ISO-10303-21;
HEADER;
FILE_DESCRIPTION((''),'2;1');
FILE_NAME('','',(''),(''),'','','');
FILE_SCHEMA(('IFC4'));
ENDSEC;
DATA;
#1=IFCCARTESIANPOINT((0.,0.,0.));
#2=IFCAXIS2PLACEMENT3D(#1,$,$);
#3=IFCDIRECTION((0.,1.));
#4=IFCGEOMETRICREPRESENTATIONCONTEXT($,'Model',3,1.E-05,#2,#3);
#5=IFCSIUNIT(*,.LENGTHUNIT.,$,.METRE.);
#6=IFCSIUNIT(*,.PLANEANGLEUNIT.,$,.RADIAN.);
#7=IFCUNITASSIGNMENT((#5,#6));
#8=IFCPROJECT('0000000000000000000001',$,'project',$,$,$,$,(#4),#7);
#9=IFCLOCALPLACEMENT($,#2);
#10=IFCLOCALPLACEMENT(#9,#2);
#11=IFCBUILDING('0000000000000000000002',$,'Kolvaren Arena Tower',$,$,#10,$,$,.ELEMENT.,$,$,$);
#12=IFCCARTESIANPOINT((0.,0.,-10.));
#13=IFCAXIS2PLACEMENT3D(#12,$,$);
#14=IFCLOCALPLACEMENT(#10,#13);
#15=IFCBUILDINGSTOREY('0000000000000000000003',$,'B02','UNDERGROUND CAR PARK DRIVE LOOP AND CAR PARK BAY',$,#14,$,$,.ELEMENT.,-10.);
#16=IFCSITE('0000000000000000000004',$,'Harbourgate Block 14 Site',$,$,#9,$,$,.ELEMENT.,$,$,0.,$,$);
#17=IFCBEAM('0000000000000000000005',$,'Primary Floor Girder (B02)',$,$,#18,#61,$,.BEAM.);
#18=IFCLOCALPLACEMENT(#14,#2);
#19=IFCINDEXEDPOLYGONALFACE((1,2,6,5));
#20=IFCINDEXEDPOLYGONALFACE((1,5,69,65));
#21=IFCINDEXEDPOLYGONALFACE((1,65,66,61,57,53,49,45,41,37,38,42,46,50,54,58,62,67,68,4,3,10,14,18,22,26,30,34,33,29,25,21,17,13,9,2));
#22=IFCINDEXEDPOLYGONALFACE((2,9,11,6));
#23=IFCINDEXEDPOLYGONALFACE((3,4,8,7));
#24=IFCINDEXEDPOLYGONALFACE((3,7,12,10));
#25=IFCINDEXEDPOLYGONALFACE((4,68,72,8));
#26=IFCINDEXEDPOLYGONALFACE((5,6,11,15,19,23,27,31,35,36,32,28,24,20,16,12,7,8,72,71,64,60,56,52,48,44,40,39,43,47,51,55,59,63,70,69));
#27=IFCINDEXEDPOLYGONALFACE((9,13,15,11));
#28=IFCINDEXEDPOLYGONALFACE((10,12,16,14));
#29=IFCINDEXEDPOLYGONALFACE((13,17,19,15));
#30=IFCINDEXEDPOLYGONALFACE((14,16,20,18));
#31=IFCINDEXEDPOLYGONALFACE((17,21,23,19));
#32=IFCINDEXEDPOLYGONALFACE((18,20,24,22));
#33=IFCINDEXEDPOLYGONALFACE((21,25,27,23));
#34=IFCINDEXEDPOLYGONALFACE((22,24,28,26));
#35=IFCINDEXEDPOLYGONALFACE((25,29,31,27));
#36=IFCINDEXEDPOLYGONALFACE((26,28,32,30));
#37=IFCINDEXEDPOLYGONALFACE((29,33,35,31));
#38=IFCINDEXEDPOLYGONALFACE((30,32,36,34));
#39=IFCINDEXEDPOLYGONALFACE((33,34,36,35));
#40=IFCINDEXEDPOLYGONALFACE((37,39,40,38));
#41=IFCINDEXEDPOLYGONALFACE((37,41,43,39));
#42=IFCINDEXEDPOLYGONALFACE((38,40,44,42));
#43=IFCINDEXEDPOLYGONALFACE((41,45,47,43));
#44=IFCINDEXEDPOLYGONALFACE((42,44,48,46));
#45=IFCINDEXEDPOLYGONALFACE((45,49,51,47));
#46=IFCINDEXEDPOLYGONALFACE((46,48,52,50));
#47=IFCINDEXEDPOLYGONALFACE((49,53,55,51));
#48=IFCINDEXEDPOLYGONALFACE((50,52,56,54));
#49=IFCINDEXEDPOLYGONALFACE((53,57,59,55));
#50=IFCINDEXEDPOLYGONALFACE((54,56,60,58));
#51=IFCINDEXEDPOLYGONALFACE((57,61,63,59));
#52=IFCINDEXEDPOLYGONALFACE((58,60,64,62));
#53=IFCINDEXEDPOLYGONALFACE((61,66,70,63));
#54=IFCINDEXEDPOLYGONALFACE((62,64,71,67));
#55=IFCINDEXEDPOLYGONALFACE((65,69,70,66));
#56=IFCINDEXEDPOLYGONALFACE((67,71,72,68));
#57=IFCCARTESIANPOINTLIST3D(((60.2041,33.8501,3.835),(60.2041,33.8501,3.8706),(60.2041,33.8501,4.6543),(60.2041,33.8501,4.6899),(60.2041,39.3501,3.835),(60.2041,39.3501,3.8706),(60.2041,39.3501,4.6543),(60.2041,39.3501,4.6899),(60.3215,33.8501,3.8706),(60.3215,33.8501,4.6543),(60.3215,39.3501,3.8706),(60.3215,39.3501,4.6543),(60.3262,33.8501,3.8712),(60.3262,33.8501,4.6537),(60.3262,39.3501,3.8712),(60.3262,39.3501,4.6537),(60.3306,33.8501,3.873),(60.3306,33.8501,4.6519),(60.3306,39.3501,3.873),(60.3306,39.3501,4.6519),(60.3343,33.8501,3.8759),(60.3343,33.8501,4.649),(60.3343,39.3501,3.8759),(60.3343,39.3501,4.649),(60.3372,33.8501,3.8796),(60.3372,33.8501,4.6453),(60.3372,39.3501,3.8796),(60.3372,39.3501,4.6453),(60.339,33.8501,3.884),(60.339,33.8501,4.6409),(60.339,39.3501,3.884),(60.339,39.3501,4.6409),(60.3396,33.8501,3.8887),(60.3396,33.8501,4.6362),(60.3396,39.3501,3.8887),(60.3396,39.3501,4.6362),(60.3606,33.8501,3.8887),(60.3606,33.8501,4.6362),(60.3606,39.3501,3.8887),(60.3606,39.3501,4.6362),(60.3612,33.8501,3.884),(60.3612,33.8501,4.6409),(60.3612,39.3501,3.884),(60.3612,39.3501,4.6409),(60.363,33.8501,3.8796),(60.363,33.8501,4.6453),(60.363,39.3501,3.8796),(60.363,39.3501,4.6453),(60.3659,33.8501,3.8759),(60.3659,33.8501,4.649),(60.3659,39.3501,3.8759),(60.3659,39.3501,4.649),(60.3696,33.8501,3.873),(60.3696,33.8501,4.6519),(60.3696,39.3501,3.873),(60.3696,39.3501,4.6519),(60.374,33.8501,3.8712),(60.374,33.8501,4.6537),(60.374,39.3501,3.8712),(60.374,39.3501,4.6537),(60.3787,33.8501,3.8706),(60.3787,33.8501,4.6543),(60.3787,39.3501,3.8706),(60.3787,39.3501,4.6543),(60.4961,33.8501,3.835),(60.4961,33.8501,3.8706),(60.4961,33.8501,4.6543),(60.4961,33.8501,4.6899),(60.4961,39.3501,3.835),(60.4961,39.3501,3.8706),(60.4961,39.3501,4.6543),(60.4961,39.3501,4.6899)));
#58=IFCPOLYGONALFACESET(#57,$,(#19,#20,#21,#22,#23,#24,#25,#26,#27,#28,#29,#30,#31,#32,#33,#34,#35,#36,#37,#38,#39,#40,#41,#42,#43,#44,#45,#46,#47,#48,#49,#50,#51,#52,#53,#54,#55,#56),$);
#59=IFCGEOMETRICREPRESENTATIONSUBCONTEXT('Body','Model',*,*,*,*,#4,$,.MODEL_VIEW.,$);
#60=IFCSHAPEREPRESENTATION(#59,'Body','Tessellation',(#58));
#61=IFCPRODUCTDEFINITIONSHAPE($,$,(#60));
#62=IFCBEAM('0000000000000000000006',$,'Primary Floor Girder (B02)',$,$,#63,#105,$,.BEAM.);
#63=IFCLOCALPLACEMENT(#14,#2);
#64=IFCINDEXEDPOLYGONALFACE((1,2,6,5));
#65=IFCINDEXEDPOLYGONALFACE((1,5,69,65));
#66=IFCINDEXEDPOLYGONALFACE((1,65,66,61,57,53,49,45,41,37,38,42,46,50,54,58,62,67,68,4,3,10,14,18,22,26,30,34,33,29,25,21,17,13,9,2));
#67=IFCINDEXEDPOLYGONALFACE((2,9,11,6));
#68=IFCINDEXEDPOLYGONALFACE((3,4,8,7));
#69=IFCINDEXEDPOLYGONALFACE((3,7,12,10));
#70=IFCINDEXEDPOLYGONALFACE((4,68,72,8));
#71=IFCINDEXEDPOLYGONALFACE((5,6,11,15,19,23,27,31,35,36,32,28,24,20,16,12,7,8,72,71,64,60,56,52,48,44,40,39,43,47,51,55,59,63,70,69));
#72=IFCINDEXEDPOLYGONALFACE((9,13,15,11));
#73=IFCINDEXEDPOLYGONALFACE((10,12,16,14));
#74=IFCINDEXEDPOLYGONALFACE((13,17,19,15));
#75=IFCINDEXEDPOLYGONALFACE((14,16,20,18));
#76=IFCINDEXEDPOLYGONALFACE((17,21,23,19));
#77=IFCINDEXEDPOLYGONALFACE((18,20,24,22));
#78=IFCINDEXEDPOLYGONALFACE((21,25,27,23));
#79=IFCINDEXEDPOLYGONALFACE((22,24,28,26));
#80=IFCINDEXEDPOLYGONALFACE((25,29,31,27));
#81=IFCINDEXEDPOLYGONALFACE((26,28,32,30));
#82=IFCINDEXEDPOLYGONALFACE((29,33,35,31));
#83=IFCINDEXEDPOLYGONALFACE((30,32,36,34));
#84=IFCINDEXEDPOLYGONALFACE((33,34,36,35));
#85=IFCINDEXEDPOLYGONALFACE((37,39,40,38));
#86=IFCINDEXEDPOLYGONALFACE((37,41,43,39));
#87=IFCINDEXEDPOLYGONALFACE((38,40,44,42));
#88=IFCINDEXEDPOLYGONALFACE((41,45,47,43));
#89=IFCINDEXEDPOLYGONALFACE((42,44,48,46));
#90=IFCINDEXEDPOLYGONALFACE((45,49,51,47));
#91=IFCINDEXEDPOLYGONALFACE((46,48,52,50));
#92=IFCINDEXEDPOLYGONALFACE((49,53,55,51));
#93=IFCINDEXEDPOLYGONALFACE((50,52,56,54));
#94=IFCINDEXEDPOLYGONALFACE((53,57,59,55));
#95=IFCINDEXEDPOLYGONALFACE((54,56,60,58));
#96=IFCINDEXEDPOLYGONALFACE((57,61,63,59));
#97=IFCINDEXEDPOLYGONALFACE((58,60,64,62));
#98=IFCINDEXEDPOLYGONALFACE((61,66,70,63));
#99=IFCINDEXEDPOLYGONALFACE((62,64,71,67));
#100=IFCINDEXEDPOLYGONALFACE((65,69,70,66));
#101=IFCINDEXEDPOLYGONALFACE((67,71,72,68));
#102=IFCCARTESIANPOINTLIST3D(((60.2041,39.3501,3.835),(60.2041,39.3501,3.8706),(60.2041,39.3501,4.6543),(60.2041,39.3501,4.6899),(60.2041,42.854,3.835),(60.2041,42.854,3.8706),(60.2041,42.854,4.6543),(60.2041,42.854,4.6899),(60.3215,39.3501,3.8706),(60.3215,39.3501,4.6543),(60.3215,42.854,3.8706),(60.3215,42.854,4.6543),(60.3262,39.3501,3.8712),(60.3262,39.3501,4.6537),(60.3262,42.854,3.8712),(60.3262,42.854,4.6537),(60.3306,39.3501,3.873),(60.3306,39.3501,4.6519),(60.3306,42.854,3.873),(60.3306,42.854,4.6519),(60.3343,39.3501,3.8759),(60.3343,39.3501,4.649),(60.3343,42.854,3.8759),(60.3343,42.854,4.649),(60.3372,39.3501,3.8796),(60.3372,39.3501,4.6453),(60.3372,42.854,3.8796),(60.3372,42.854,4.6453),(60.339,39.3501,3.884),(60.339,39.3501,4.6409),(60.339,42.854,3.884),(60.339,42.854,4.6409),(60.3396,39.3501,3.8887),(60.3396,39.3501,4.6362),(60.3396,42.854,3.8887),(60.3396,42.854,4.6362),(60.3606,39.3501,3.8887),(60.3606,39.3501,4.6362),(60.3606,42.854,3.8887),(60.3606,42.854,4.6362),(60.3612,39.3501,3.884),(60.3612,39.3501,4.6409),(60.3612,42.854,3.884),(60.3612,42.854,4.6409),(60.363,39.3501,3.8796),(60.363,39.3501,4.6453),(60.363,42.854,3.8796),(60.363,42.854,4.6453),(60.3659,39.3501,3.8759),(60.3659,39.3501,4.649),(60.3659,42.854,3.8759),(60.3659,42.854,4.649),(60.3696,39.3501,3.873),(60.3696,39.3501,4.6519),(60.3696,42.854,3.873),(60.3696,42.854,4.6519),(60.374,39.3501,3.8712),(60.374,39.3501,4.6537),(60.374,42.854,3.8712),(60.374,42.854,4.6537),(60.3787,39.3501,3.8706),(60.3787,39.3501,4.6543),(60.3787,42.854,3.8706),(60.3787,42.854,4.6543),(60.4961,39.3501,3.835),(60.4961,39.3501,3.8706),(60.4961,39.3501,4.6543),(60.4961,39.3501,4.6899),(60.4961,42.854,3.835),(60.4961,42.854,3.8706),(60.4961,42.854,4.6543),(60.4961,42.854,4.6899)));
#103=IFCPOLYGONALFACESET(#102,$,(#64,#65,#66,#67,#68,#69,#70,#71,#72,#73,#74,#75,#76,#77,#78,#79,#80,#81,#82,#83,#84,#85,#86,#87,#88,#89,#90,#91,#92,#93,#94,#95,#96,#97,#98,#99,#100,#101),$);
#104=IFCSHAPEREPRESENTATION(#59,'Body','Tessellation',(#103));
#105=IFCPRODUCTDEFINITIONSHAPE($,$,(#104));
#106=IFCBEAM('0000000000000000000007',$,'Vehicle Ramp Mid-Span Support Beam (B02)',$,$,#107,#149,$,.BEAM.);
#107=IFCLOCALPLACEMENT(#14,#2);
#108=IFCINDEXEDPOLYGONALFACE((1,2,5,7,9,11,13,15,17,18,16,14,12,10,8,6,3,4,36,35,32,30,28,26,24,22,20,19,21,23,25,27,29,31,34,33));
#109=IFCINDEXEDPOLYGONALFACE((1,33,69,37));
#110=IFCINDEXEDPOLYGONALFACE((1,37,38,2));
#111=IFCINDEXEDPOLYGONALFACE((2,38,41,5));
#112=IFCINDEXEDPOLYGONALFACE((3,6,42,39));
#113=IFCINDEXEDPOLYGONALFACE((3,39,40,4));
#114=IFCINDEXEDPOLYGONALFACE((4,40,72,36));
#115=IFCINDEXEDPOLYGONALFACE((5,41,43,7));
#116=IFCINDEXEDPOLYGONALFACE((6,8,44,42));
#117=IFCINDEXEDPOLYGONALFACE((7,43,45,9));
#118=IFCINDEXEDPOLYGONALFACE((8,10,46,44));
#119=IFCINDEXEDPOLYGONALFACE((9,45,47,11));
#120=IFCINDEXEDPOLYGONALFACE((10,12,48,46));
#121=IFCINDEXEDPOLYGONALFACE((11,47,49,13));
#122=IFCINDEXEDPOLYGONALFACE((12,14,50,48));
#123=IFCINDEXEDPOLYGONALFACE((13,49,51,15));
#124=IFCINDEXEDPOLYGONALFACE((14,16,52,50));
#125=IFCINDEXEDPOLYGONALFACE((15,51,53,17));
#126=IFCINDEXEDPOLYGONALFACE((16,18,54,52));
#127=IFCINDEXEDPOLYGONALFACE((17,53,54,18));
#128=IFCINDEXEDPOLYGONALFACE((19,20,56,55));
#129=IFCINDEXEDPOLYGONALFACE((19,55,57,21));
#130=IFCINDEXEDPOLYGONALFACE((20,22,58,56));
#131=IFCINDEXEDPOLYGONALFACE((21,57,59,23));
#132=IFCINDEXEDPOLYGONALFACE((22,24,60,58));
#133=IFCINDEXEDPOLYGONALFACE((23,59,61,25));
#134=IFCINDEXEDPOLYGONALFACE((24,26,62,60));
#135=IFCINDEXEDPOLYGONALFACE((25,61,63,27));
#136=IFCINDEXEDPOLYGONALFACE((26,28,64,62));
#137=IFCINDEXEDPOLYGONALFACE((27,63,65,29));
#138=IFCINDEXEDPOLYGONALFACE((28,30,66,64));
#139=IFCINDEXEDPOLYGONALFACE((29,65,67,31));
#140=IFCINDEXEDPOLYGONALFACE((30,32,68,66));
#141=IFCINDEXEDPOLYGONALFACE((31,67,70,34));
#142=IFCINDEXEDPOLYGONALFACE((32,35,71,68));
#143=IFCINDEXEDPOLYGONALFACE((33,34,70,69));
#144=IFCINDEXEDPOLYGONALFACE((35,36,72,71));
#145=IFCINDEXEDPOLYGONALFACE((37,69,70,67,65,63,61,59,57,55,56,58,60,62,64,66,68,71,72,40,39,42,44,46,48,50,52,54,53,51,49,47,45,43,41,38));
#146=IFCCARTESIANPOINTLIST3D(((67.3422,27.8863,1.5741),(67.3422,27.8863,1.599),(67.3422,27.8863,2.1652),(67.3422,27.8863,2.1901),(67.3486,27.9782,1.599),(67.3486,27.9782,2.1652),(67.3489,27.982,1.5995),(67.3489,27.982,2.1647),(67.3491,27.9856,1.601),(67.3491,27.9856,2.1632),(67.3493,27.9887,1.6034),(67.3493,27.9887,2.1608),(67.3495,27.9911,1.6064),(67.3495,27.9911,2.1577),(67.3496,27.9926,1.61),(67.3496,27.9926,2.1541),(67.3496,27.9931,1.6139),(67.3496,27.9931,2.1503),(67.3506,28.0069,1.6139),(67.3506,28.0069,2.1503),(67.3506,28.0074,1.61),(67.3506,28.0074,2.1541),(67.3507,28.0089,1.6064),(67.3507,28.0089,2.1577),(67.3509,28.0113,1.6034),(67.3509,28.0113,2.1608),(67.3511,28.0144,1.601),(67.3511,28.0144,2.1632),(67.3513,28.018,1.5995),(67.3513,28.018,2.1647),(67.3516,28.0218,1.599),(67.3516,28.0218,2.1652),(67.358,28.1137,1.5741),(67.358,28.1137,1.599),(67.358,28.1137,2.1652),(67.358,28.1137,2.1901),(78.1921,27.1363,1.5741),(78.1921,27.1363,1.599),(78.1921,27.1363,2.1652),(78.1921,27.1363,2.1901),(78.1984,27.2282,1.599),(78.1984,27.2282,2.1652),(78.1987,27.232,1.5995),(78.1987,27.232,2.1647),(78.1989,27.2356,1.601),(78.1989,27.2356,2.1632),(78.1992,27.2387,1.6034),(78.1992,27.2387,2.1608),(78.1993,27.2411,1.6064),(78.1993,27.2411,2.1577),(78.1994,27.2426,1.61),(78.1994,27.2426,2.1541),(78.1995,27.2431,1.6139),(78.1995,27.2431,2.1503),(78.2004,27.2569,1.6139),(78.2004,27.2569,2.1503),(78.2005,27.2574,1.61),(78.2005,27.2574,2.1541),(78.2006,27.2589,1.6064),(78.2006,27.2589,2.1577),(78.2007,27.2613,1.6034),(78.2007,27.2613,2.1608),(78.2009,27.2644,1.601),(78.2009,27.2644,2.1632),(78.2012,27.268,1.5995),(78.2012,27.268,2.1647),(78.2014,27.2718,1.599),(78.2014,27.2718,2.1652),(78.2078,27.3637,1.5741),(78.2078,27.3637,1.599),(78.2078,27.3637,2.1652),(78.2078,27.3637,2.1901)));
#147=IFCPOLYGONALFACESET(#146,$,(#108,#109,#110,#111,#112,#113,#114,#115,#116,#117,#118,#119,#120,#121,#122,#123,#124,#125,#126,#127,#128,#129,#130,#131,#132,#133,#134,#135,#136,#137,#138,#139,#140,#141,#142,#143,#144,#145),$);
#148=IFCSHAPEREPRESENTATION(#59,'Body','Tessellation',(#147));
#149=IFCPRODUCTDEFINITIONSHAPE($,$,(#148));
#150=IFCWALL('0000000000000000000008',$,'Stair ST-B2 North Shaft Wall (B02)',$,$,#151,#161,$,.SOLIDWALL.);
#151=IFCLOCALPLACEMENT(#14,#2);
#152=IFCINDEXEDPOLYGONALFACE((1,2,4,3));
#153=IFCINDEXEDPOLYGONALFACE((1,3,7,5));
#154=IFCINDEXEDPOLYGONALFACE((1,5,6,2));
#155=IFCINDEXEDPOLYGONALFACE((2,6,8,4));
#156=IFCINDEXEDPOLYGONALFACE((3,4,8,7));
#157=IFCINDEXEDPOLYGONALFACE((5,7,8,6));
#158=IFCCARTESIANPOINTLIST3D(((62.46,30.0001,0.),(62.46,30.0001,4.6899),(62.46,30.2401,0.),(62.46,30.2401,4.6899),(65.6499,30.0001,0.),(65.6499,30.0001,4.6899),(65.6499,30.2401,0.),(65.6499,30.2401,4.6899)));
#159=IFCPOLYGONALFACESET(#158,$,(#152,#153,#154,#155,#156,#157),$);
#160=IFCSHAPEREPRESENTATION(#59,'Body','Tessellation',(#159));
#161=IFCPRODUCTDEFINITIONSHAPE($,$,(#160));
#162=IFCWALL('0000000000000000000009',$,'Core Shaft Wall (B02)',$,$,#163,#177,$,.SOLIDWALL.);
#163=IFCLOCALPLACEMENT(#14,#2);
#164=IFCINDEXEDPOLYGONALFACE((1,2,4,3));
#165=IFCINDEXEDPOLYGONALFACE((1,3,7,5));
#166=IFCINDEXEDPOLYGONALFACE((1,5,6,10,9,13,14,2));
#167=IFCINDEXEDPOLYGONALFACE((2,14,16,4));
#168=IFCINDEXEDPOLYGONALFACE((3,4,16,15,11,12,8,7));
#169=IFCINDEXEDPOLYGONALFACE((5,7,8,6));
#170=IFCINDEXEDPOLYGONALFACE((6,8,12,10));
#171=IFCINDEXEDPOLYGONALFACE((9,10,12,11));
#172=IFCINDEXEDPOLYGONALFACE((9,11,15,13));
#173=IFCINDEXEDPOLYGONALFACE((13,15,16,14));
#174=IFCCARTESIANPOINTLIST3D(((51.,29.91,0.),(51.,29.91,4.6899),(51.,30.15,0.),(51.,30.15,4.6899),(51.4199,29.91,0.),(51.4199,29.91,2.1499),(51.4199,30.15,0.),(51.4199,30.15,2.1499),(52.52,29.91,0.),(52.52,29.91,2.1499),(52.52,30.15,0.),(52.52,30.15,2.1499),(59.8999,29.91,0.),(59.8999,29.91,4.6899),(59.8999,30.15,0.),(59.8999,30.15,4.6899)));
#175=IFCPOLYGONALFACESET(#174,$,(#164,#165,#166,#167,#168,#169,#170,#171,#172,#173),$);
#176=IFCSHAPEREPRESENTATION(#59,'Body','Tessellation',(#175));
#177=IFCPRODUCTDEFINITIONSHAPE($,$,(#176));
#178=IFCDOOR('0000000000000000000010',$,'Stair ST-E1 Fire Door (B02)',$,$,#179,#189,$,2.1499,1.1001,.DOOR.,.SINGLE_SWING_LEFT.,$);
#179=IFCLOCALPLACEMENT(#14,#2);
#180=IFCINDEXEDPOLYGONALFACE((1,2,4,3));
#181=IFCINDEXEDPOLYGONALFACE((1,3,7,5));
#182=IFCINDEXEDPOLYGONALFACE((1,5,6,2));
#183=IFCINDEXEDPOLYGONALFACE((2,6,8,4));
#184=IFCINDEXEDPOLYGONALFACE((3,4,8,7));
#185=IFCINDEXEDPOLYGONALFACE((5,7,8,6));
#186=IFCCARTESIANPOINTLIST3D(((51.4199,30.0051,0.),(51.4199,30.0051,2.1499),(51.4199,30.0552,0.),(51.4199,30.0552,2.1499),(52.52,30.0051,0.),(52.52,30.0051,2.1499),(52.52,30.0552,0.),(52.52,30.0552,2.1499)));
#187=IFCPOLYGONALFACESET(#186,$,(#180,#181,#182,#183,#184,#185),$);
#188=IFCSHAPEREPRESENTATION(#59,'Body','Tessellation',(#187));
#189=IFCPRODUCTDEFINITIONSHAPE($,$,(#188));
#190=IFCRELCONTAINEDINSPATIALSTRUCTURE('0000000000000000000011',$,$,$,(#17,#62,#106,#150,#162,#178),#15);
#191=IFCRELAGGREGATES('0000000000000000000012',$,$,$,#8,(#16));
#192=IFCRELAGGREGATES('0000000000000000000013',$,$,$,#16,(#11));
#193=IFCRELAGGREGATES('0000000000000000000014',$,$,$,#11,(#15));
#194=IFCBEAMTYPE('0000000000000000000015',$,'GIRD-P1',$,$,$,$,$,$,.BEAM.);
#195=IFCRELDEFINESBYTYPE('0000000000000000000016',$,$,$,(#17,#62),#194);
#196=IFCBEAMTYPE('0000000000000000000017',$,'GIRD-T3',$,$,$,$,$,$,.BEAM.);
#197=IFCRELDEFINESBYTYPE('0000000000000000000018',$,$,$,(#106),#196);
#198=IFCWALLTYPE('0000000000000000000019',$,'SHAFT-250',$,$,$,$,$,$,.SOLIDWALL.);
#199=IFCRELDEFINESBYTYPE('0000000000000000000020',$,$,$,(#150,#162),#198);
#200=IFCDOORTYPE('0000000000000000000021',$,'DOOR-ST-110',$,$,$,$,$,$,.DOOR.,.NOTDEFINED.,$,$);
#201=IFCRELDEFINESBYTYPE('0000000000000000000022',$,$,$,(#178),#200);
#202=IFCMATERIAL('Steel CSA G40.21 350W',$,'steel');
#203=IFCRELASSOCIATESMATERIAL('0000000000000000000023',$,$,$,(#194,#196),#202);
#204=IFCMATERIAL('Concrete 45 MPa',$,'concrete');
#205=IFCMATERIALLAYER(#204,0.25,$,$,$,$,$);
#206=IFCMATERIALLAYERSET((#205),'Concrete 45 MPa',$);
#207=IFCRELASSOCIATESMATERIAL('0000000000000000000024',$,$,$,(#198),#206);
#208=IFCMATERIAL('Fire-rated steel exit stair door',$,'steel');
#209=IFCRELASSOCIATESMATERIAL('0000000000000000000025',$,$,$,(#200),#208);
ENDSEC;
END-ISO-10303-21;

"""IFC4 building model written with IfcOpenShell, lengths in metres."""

from ifc_helpers import new_model, si_unit, direction, frame, frame_2d, origin, origin_2d, place, context, subcontext, project, spatial, rectangle, i_section, extrude, material, layer, layer_set, material_profile, profile_set, type_object, element, fill, save


model = new_model("IFC4")

# Units and contexts
model_context = context("Model", 3, precision=1e-05, world=origin(), true_north=direction((0.0, 1.0)))
body_context = subcontext(model_context, "Body", "Model", "MODEL_VIEW")
ifc_project = project(units=[si_unit("LENGTHUNIT", "METRE"), si_unit("PLANEANGLEUNIT", "RADIAN")], contexts=[model_context])

# Site, building, storey
site_placement = place(None, origin())
site = spatial("IfcSite", under=ifc_project, at=site_placement, Name="Harbourgate Block 14 Site", CompositionType="ELEMENT", RefElevation=0.0)
building_placement = place(site_placement, origin())
building = spatial("IfcBuilding", under=site, at=building_placement, Name="Kolvaren Arena Tower", CompositionType="ELEMENT")
storey_placement = place(building_placement, frame((0.0, 0.0, -10.0)))
storey = spatial("IfcBuildingStorey", under=building, at=storey_placement, Name="B02", Description="UNDERGROUND CAR PARK DRIVE LOOP AND CAR PARK BAY", CompositionType="ELEMENT", Elevation=-10.0)

# Beams
ifc_material_1 = material(Name="Steel CSA G40.21 350W", Category="steel")
ifc_material_profile_1 = material_profile(ifc_material_1, i_section(OverallWidth=0.292, OverallDepth=0.855, WebThickness=0.021, FlangeThickness=0.0356, FilletRadius=0.0181, at=origin_2d()), Name="W840x299")
ifc_profile_set_1 = profile_set([ifc_material_profile_1], Name="Steel CSA G40.21 350W")
beam_type_1 = type_object("IfcBeamType", Name="GIRD-P1", PredefinedType="BEAM", material=ifc_profile_set_1)
beam_1_placement = place(storey_placement, frame((60.3501, 33.8501, 4.2625), z_axis=(0.0, 1.0, 0.0), x_axis=(-1.0, 0.0, 0.0)))
element("IfcBeam", 1, at=beam_1_placement, inside=storey, type_object=beam_type_1, Name="Primary Floor Girder (B02)", PredefinedType="BEAM", context=body_context, shape_type="SweptSolid", body=[
    extrude(i_section(OverallWidth=0.292, OverallDepth=0.855, WebThickness=0.021, FlangeThickness=0.0356, FilletRadius=0.0181, at=origin_2d()), origin(), (0.0, 0.0, 1.0), 5.5),
])
beam_2_placement = place(storey_placement, frame((60.3501, 39.3501, 4.2625), z_axis=(0.0, 1.0, 0.0), x_axis=(-1.0, 0.0, 0.0)))
element("IfcBeam", 2, at=beam_2_placement, inside=storey, type_object=beam_type_1, Name="Primary Floor Girder (B02)", PredefinedType="BEAM", context=body_context, shape_type="SweptSolid", body=[
    extrude(i_section(OverallWidth=0.292, OverallDepth=0.855, WebThickness=0.021, FlangeThickness=0.0356, FilletRadius=0.0181, at=origin_2d()), origin(), (0.0, 0.0, 1.0), 3.5039),
])
ifc_material_profile_2 = material_profile(ifc_material_1, i_section(OverallWidth=0.228, OverallDepth=0.616, WebThickness=0.0139, FlangeThickness=0.0249, FilletRadius=0.0149, at=origin_2d()), Name="W610x174")
ifc_profile_set_2 = profile_set([ifc_material_profile_2], Name="Steel CSA G40.21 350W")
beam_type_2 = type_object("IfcBeamType", Name="GIRD-T3", PredefinedType="BEAM", material=ifc_profile_set_2)
beam_3_placement = place(storey_placement, frame((67.3501, 28.0, 1.8821), z_axis=(0.997619, -0.068961, 0.0), x_axis=(0.068961, 0.997619, 0.0)))
element("IfcBeam", 3, at=beam_3_placement, inside=storey, type_object=beam_type_2, Name="Vehicle Ramp Mid-Span Support Beam (B02)", PredefinedType="BEAM", context=body_context, shape_type="SweptSolid", body=[
    extrude(i_section(OverallWidth=0.228, OverallDepth=0.616, WebThickness=0.0139, FlangeThickness=0.0249, FilletRadius=0.0149, at=origin_2d()), origin(), (0.0, 0.0, 1.0), 10.8757),
])

# Wall
ifc_material_2 = material(Name="Concrete 45 MPa", Category="concrete")
ifc_layer = layer(ifc_material_2, 0.25)
ifc_layer_set = layer_set([ifc_layer], Name="Concrete 45 MPa")
wall_type = type_object("IfcWallType", Name="SHAFT-250", PredefinedType="SOLIDWALL", material=ifc_layer_set)
wall_1_placement = place(storey_placement, frame((62.46, 30.1201, 0.0), z_axis=(0.0, 0.0, 1.0), x_axis=(1.0, 0.0, 0.0)))
element("IfcWall", 4, at=wall_1_placement, inside=storey, type_object=wall_type, Name="Stair ST-B2 North Shaft Wall (B02)", PredefinedType="SOLIDWALL", context=body_context, shape_type="SweptSolid", body=[
    extrude(rectangle(XDim=3.1899, YDim=0.24, at=frame_2d((1.595, 0.0))), origin(), (0.0, 0.0, 1.0), 4.6899),
])

# Wall, opening, door
wall_2_placement = place(storey_placement, frame((59.8999, 30.03, 0.0), z_axis=(0.0, 0.0, 1.0), x_axis=(-1.0, 0.0, 0.0)))
wall_2 = element("IfcWall", 5, at=wall_2_placement, inside=storey, type_object=wall_type, Name="Core Shaft Wall (B02)", PredefinedType="SOLIDWALL", context=body_context, shape_type="SweptSolid", body=[
    extrude(rectangle(XDim=8.8999, YDim=0.24, at=frame_2d((4.45, 0.0))), origin(), (0.0, 0.0, 1.0), 4.6899),
])
opening_1_placement = place(wall_2_placement, frame((7.3799, 0.0, 0.0)))
opening_1 = element("IfcOpeningElement", 6, at=opening_1_placement, cuts=wall_2, PredefinedType="OPENING", context=body_context, shape_type="SweptSolid", body=[
    extrude(rectangle(XDim=1.1001, YDim=2.1499, at=frame_2d((0.55, 1.075))), frame((0.0, 0.1299, 0.0), z_axis=(0.0, -1.0, 0.0), x_axis=(1.0, 0.0, 0.0)), (0.0, 0.0, 1.0), 0.26),
])
ifc_material_3 = material(Name="Fire-rated steel exit stair door", Category="steel")
door_type = type_object("IfcDoorType", Name="DOOR-ST-110", OperationType="NOTDEFINED", PredefinedType="DOOR", material=ifc_material_3)
door_1_placement = place(opening_1_placement, origin())
door_1 = element("IfcDoor", 7, at=door_1_placement, inside=storey, type_object=door_type, Name="Stair ST-E1 Fire Door (B02)", OperationType="SINGLE_SWING_LEFT", OverallHeight=2.1499, OverallWidth=1.1001, PredefinedType="DOOR", context=body_context, shape_type="SweptSolid", body=[
    extrude(rectangle(XDim=1.1001, YDim=2.1499, at=frame_2d((0.55, 1.075))), frame((0.0, 0.0249, 0.0), z_axis=(0.0, -1.0, 0.0), x_axis=(1.0, 0.0, 0.0)), (0.0, 0.0, 1.0), 0.05),
])
fill(opening_1, door_1)

save(model, "model.ifc")
